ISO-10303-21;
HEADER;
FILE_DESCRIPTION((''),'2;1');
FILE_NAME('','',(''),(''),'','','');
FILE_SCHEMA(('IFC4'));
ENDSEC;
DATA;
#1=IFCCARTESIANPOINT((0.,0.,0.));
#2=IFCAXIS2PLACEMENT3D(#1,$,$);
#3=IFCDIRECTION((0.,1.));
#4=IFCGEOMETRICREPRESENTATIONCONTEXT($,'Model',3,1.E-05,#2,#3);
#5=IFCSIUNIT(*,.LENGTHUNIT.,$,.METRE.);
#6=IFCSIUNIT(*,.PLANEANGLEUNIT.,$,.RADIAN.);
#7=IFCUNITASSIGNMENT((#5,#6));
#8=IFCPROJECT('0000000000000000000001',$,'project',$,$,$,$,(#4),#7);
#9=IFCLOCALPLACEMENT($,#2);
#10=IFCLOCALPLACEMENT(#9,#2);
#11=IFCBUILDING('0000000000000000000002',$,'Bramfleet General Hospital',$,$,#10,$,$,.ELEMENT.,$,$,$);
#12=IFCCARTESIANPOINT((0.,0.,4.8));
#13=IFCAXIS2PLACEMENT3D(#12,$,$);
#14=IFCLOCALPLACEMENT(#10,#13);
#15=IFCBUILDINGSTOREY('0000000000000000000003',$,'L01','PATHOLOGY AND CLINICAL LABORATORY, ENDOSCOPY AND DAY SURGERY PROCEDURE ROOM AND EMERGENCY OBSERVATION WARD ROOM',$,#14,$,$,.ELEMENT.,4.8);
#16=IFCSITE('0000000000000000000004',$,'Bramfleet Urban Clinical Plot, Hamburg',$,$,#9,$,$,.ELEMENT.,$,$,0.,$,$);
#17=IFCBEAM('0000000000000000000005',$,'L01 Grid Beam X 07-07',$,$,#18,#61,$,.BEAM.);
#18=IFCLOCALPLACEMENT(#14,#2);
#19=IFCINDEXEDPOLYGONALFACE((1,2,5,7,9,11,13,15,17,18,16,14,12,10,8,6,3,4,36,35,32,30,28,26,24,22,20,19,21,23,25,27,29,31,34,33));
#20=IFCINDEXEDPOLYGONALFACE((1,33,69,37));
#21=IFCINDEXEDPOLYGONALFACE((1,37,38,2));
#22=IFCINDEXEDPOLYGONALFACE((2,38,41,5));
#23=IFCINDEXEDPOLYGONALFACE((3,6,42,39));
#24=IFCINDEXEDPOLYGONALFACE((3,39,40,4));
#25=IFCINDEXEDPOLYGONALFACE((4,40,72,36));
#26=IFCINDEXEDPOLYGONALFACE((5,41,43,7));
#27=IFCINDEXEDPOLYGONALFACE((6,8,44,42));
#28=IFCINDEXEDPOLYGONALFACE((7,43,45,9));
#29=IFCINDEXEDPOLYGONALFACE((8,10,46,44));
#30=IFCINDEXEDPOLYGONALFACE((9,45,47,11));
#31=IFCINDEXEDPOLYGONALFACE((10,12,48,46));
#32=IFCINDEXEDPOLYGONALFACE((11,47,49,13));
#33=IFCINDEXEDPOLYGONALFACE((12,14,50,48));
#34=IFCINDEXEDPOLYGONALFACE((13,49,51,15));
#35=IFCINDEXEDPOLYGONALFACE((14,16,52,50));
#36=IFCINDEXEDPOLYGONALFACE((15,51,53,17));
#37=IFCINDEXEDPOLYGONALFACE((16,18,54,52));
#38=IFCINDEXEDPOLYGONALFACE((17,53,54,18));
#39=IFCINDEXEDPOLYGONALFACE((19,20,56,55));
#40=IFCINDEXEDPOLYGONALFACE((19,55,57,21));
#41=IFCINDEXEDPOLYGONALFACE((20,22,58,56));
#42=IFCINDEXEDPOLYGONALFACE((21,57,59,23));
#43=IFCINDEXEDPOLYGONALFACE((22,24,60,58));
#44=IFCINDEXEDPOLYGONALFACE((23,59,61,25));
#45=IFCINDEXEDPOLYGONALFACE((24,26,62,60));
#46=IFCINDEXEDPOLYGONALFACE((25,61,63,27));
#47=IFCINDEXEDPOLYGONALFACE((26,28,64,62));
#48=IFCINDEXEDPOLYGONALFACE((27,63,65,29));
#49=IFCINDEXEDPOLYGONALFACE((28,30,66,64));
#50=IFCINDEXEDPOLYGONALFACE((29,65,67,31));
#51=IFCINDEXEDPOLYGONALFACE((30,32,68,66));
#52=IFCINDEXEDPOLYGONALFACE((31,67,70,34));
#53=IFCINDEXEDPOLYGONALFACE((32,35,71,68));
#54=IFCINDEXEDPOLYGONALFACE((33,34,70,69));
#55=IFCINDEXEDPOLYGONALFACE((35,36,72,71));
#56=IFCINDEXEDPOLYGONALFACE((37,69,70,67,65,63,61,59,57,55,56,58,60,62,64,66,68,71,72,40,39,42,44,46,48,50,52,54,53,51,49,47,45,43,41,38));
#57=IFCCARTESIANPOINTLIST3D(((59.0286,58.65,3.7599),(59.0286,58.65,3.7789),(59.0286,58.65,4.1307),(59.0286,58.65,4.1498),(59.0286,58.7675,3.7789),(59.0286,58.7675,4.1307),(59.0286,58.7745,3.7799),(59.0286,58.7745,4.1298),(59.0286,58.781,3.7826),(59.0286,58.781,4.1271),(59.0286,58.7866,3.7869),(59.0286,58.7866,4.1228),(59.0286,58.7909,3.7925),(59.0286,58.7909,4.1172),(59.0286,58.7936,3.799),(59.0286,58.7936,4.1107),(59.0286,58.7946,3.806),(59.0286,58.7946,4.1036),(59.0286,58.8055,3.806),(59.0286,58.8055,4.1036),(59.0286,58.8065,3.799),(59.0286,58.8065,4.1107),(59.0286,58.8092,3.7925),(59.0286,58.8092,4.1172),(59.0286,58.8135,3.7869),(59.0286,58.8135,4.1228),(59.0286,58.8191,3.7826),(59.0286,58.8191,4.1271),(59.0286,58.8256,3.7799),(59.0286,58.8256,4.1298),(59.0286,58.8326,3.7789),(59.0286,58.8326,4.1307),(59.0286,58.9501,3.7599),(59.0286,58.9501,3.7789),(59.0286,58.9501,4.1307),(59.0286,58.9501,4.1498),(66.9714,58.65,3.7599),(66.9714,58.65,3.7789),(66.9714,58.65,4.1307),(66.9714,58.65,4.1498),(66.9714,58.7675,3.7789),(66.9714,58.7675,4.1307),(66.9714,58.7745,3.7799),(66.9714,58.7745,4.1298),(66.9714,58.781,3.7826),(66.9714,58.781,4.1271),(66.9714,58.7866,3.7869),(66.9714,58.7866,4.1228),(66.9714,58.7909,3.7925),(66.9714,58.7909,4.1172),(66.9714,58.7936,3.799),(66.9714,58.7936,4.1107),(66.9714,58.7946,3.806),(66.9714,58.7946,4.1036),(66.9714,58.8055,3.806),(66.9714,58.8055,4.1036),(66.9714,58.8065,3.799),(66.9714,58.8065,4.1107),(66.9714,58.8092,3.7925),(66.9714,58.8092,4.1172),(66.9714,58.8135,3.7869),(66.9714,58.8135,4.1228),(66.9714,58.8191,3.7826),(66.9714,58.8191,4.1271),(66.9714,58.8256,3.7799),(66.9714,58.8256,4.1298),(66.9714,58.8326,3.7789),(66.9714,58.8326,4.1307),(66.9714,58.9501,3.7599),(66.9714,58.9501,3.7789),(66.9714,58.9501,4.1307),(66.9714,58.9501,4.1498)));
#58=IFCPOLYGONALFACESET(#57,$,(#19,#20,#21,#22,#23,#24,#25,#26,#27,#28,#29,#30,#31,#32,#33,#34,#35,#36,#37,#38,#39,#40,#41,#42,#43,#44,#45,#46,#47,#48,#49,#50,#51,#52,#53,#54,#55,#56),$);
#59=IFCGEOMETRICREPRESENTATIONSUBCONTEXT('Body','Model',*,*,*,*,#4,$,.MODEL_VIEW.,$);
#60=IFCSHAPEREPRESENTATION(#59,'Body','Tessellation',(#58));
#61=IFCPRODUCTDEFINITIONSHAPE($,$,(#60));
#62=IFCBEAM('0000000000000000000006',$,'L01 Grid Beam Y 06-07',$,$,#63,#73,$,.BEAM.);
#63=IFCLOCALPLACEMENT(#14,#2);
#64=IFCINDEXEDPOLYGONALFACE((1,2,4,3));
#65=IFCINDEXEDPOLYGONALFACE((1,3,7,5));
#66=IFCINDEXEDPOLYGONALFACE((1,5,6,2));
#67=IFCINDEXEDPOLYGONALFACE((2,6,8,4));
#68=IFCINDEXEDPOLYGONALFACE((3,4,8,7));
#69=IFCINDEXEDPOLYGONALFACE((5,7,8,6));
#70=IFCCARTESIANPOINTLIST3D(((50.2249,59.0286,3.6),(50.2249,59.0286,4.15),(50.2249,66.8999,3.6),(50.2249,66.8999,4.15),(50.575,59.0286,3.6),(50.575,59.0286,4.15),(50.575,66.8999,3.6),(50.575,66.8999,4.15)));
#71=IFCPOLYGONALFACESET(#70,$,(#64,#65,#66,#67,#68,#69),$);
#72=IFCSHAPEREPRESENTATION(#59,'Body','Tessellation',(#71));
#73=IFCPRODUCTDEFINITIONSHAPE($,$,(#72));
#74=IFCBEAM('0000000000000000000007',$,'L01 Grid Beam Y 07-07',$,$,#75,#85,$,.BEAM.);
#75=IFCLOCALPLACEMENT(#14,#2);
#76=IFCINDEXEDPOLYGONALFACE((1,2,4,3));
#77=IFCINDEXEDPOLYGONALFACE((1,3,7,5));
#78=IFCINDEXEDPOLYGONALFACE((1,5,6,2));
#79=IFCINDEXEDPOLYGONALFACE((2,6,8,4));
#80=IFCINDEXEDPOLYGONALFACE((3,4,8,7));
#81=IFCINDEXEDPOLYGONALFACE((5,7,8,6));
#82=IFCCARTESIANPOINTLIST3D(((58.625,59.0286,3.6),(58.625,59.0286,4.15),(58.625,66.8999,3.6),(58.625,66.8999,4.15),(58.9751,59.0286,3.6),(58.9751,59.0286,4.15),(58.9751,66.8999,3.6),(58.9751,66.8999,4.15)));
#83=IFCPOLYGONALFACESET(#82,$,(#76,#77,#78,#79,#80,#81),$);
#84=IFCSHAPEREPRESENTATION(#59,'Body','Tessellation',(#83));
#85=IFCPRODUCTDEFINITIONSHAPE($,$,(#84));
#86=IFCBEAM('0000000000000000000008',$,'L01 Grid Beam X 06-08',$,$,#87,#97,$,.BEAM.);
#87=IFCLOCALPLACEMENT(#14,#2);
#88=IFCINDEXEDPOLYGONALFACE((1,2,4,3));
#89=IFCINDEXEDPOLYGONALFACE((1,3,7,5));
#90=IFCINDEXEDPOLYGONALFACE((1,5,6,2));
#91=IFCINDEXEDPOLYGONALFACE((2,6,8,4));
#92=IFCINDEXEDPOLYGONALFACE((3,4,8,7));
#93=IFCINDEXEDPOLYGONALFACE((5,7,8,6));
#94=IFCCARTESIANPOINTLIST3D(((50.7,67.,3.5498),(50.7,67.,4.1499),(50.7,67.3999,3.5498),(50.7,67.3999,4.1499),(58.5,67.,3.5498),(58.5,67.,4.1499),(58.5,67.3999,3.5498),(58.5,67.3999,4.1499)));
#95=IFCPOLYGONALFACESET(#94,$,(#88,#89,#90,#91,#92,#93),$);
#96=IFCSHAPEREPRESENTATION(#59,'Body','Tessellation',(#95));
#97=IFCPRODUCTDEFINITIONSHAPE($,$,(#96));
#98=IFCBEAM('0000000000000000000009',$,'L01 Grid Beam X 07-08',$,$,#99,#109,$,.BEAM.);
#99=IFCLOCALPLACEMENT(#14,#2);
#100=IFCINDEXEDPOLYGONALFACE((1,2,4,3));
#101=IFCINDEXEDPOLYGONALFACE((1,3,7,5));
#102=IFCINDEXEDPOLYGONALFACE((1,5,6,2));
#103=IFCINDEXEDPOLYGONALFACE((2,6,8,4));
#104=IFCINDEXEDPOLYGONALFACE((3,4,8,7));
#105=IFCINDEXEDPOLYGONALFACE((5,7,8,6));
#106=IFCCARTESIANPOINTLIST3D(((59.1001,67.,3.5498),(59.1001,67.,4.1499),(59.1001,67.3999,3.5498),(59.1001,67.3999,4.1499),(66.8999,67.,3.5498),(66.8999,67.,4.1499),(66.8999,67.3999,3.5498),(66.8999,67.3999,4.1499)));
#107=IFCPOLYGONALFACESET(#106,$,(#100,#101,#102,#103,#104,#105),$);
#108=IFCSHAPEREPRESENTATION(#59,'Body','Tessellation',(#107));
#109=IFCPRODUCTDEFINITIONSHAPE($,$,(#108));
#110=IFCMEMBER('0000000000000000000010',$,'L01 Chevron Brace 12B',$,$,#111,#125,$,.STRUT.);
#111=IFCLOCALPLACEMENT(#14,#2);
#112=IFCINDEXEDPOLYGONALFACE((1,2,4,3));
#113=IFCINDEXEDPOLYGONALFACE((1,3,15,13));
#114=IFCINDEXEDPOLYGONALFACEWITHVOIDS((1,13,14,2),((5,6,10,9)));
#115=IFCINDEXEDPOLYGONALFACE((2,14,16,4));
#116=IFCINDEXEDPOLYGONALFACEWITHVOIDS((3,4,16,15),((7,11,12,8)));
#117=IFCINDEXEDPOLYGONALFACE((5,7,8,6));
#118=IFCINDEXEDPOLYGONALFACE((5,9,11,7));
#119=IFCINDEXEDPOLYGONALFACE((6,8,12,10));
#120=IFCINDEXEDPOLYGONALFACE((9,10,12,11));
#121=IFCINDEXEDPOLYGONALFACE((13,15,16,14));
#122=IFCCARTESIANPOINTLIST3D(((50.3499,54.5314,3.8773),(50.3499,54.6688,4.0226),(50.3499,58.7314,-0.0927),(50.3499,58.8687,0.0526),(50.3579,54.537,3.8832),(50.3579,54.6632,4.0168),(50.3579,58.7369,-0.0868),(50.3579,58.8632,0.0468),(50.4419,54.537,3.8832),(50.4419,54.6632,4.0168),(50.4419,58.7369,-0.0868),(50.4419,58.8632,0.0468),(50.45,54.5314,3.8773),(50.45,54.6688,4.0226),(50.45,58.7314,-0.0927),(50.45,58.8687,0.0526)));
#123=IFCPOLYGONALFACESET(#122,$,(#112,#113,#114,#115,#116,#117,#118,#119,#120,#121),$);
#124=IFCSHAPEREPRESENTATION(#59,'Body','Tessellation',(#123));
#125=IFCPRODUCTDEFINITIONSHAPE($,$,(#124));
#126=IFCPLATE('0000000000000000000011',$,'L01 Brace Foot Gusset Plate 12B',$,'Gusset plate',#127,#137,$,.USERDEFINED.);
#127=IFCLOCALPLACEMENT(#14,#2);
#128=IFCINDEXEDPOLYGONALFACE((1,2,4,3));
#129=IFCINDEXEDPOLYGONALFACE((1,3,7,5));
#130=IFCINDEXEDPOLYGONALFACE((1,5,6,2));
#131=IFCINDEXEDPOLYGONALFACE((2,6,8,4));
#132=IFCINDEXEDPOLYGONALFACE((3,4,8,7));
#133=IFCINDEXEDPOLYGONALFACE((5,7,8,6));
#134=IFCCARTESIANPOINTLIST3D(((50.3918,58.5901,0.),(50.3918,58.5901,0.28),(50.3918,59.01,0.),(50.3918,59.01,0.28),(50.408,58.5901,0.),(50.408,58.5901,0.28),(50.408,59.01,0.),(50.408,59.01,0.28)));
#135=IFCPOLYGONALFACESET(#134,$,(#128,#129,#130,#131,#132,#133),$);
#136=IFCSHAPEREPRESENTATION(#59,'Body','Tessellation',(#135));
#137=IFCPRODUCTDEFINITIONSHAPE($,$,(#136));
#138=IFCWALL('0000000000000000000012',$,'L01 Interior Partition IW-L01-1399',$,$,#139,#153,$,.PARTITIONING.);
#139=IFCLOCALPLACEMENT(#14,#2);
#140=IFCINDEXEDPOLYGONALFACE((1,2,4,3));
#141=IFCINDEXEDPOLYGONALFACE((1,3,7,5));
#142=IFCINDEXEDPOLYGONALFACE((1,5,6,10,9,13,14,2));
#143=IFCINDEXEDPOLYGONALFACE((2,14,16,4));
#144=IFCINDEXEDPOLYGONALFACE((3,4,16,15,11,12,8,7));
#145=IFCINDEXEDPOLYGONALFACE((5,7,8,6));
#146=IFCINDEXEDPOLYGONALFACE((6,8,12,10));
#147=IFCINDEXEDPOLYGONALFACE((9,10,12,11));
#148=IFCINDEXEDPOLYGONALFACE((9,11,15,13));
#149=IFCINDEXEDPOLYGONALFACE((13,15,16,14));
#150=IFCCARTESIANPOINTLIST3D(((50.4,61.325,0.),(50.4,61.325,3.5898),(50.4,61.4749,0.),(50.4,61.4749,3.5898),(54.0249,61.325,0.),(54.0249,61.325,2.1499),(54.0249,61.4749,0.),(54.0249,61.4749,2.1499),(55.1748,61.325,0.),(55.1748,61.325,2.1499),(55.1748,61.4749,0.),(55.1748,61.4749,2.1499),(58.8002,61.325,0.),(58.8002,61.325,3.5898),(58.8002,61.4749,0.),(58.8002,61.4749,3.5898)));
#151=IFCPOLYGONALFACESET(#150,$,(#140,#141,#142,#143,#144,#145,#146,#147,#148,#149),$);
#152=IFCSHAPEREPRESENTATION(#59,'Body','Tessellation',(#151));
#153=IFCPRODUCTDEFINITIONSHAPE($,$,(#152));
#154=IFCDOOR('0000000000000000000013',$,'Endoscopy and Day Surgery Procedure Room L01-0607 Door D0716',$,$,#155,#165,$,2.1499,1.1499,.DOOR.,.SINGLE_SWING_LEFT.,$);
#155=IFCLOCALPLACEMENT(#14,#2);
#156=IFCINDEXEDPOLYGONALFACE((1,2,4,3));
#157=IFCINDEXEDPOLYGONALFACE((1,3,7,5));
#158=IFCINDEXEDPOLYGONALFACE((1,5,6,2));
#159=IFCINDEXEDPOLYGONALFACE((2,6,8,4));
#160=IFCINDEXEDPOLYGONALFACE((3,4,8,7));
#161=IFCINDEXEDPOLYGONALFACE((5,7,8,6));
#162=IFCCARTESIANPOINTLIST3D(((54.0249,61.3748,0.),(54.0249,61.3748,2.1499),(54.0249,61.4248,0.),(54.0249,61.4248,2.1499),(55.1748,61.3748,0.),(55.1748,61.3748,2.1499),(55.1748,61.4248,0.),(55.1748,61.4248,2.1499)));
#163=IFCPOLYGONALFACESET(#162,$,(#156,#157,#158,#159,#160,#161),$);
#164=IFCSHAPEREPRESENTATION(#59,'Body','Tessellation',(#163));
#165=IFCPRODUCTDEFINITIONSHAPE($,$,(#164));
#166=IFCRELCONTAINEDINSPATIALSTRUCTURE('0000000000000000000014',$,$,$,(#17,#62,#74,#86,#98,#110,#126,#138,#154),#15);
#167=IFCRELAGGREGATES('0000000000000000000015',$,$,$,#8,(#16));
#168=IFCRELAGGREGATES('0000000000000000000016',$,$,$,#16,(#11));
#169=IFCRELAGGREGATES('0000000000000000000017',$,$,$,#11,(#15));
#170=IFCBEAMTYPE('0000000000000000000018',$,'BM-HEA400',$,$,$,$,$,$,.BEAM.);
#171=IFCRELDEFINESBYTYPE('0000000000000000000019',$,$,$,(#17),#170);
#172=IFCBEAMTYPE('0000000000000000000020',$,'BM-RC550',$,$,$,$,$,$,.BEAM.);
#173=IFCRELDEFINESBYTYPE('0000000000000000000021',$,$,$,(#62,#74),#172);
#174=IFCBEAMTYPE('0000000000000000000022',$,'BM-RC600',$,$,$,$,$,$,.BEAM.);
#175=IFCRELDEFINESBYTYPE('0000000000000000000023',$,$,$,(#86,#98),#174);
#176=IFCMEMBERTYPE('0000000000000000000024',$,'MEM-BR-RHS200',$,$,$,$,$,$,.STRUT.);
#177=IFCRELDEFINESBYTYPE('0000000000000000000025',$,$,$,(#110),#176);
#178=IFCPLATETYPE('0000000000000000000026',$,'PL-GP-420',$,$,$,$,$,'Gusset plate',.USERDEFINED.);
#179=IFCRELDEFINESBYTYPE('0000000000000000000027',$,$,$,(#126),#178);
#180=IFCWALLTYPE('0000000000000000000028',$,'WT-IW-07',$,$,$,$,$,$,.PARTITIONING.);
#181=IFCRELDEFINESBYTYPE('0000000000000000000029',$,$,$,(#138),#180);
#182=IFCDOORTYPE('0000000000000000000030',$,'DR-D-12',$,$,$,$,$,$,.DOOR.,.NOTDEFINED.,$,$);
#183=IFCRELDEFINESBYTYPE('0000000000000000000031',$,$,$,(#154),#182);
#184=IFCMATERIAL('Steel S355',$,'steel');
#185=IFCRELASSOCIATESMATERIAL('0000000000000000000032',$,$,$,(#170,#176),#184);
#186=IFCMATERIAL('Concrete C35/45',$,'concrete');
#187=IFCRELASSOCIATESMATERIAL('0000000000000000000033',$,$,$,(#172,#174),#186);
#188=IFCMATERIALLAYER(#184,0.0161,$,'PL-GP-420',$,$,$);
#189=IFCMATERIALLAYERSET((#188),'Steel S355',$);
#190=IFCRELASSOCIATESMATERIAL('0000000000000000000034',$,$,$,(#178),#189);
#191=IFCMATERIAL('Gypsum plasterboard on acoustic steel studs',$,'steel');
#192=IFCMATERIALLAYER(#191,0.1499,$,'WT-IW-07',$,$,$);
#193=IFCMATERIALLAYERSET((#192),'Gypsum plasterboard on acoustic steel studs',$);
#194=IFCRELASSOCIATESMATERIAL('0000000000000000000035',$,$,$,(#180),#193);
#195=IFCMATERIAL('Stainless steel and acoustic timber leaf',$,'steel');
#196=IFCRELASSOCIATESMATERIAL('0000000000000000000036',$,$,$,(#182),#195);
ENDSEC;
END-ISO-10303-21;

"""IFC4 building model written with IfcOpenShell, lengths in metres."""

from ifc_helpers import new_model, si_unit, direction, frame, frame_2d, origin, origin_2d, place, context, subcontext, project, spatial, rectangle, hollow_rectangle, i_section, extrude, material, layer, layer_set, material_profile, profile_set, type_object, element, fill, save


model = new_model("IFC4")

# Units and contexts
model_context = context("Model", 3, precision=1e-05, world=origin(), true_north=direction((0.0, 1.0)))
body_context = subcontext(model_context, "Body", "Model", "MODEL_VIEW")
ifc_project = project(units=[si_unit("LENGTHUNIT", "METRE"), si_unit("PLANEANGLEUNIT", "RADIAN")], contexts=[model_context])

# Site, building, storey
site_placement = place(None, origin())
site = spatial("IfcSite", under=ifc_project, at=site_placement, Name="Bramfleet Urban Clinical Plot, Hamburg", CompositionType="ELEMENT", RefElevation=0.0)
building_placement = place(site_placement, origin())
building = spatial("IfcBuilding", under=site, at=building_placement, Name="Bramfleet General Hospital", CompositionType="ELEMENT")
storey_placement = place(building_placement, frame((0.0, 0.0, 4.8)))
storey = spatial("IfcBuildingStorey", under=building, at=storey_placement, Name="L01", Description="PATHOLOGY AND CLINICAL LABORATORY, ENDOSCOPY AND DAY SURGERY PROCEDURE ROOM AND EMERGENCY OBSERVATION WARD ROOM", CompositionType="ELEMENT", Elevation=4.8)

# Shared definitions
ifc_material_1 = material(Name="Steel S355", Category="steel")

# Beams
ifc_material_profile_1 = material_profile(ifc_material_1, i_section(OverallWidth=0.3, OverallDepth=0.3899, WebThickness=0.011, FlangeThickness=0.019, FilletRadius=0.0271, at=origin_2d()), Name="HEA 400")
ifc_profile_set_1 = profile_set([ifc_material_profile_1], Name="Steel S355")
beam_type_1 = type_object("IfcBeamType", Name="BM-HEA400", PredefinedType="BEAM", material=ifc_profile_set_1)
beam_1_placement = place(storey_placement, frame((59.0286, 58.8, 3.9548), z_axis=(1.0, 0.0, 0.0), x_axis=(0.0, 1.0, 0.0)))
element("IfcBeam", 1, at=beam_1_placement, inside=storey, type_object=beam_type_1, Name="L01 Grid Beam X 07-07", PredefinedType="BEAM", context=body_context, shape_type="SweptSolid", body=[
    extrude(i_section(OverallWidth=0.3, OverallDepth=0.3899, WebThickness=0.011, FlangeThickness=0.019, FilletRadius=0.0271, at=origin_2d()), origin(), (0.0, 0.0, 1.0), 7.9429),
])
ifc_material_2 = material(Name="Concrete C35/45", Category="concrete")
ifc_material_profile_2 = material_profile(ifc_material_2, rectangle(XDim=0.3501, YDim=0.55, at=origin_2d()), Name="RC BM 550x350")
ifc_profile_set_2 = profile_set([ifc_material_profile_2], Name="Concrete C35/45")
beam_type_2 = type_object("IfcBeamType", Name="BM-RC550", PredefinedType="BEAM", material=ifc_profile_set_2)
for number, where, z_axis, x_axis, name in (
    (2, (50.3999, 59.0286, 3.875), (0.0, 1.0, 0.0), (-1.0, 0.0, 0.0), "L01 Grid Beam Y 06-07"),
    (3, (58.8, 59.0286, 3.875), (0.0, 1.0, 0.0), (-1.0, 0.0, 0.0), "L01 Grid Beam Y 07-07"),
):
    element("IfcBeam", number, at=place(storey_placement, frame(where, z_axis=z_axis, x_axis=x_axis)), inside=storey, type_object=beam_type_2, Name=name, PredefinedType="BEAM", context=body_context, shape_type="SweptSolid", body=[
        extrude(rectangle(XDim=0.3501, YDim=0.55, at=origin_2d()), origin(), (0.0, 0.0, 1.0), 7.8713),
    ])
ifc_material_profile_3 = material_profile(ifc_material_2, rectangle(XDim=0.3999, YDim=0.6001, at=origin_2d()), Name="RC BM 600x400")
ifc_profile_set_3 = profile_set([ifc_material_profile_3], Name="Concrete C35/45")
beam_type_3 = type_object("IfcBeamType", Name="BM-RC600", PredefinedType="BEAM", material=ifc_profile_set_3)
beam_2_placement = place(storey_placement, frame((50.7, 67.2, 3.8499), z_axis=(1.0, 0.0, 0.0), x_axis=(0.0, 1.0, 0.0)))
element("IfcBeam", 4, at=beam_2_placement, inside=storey, type_object=beam_type_3, Name="L01 Grid Beam X 06-08", PredefinedType="BEAM", context=body_context, shape_type="SweptSolid", body=[
    extrude(rectangle(XDim=0.3999, YDim=0.6001, at=origin_2d()), origin(), (0.0, 0.0, 1.0), 7.8),
])
beam_3_placement = place(storey_placement, frame((59.1001, 67.2, 3.8499), z_axis=(1.0, 0.0, 0.0), x_axis=(0.0, 1.0, 0.0)))
element("IfcBeam", 5, at=beam_3_placement, inside=storey, type_object=beam_type_3, Name="L01 Grid Beam X 07-08", PredefinedType="BEAM", context=body_context, shape_type="SweptSolid", body=[
    extrude(rectangle(XDim=0.3999, YDim=0.6001, at=origin_2d()), origin(), (0.0, 0.0, 1.0), 7.7998),
])

# Member
ifc_material_profile_4 = material_profile(ifc_material_1, hollow_rectangle(XDim=0.1001, YDim=0.2, WallThickness=0.0081, at=origin_2d()), Name="RHS 200x100x8.0")
ifc_profile_set_4 = profile_set([ifc_material_profile_4], Name="Steel S355")
member_type = type_object("IfcMemberType", Name="MEM-BR-RHS200", PredefinedType="STRUT", material=ifc_profile_set_4)
member_placement = place(storey_placement, frame((50.3999, 58.8, -0.02), z_axis=(0.0, -0.726724, 0.68693), x_axis=(1.0, 0.0, 0.0)))
element("IfcMember", 6, at=member_placement, inside=storey, type_object=member_type, Name="L01 Chevron Brace 12B", PredefinedType="STRUT", context=body_context, shape_type="SweptSolid", body=[
    extrude(hollow_rectangle(XDim=0.1001, YDim=0.2, WallThickness=0.0081, at=origin_2d()), origin(), (0.0, 0.0, 1.0), 5.7793),
])

# Plate
ifc_layer_1 = layer(ifc_material_1, 0.0161, Name="PL-GP-420")
ifc_layer_set_1 = layer_set([ifc_layer_1], Name="Steel S355")
plate_type = type_object("IfcPlateType", Name="PL-GP-420", ElementType="Gusset plate", PredefinedType="USERDEFINED", material=ifc_layer_set_1)
plate_placement = place(storey_placement, frame((50.3999, 58.8, 0.0), z_axis=(0.0, 0.0, 1.0), x_axis=(1.0, 0.0, 0.0)))
element("IfcPlate", 7, at=plate_placement, inside=storey, type_object=plate_type, Name="L01 Brace Foot Gusset Plate 12B", ObjectType="Gusset plate", PredefinedType="USERDEFINED", context=body_context, shape_type="SweptSolid", body=[
    extrude(rectangle(XDim=0.0161, YDim=0.4199, at=origin_2d()), origin(), (0.0, 0.0, 1.0), 0.28),
])

# Wall, opening, door
ifc_material_3 = material(Name="Gypsum plasterboard on acoustic steel studs", Category="steel")
ifc_layer_2 = layer(ifc_material_3, 0.1499, Name="WT-IW-07")
ifc_layer_set_2 = layer_set([ifc_layer_2], Name="Gypsum plasterboard on acoustic steel studs")
wall_type_1 = type_object("IfcWallType", Name="WT-IW-07", PredefinedType="PARTITIONING", material=ifc_layer_set_2)
wall_1_placement = place(storey_placement, frame((50.3999, 61.3999, 0.0), z_axis=(0.0, 0.0, 1.0), x_axis=(1.0, 0.0, 0.0)))
wall_1 = element("IfcWall", 8, at=wall_1_placement, inside=storey, type_object=wall_type_1, Name="L01 Interior Partition IW-L01-1399", PredefinedType="PARTITIONING", context=body_context, shape_type="SweptSolid", body=[
    extrude(rectangle(XDim=8.4001, YDim=0.1499, at=frame_2d((4.2002, 0.0))), origin(), (0.0, 0.0, 1.0), 3.5898),
])
opening_1_placement = place(wall_1_placement, frame((3.625, 0.0, 0.0)))
opening_1 = element("IfcOpeningElement", 9, at=opening_1_placement, cuts=wall_1, PredefinedType="OPENING", context=body_context, shape_type="SweptSolid", body=[
    extrude(rectangle(XDim=1.1499, YDim=2.1499, at=frame_2d((0.575, 1.075))), frame((0.0, 0.085, 0.0), z_axis=(0.0, -1.0, 0.0), x_axis=(1.0, 0.0, 0.0)), (0.0, 0.0, 1.0), 0.1699),
])
ifc_material_4 = material(Name="Stainless steel and acoustic timber leaf", Category="steel")
door_type_1 = type_object("IfcDoorType", Name="DR-D-12", OperationType="NOTDEFINED", PredefinedType="DOOR", material=ifc_material_4)
door_1_placement = place(opening_1_placement, origin())
door_1 = element("IfcDoor", 10, at=door_1_placement, inside=storey, type_object=door_type_1, Name="Endoscopy and Day Surgery Procedure Room L01-0607 Door D0716", OperationType="SINGLE_SWING_LEFT", OverallHeight=2.1499, OverallWidth=1.1499, PredefinedType="DOOR", context=body_context, shape_type="SweptSolid", body=[
    extrude(rectangle(XDim=1.1499, YDim=2.1499, at=frame_2d((0.575, 1.075))), frame((0.0, 0.0249, 0.0), z_axis=(0.0, -1.0, 0.0), x_axis=(1.0, 0.0, 0.0)), (0.0, 0.0, 1.0), 0.05),
])
fill(opening_1, door_1)

save(model, "model.ifc")
